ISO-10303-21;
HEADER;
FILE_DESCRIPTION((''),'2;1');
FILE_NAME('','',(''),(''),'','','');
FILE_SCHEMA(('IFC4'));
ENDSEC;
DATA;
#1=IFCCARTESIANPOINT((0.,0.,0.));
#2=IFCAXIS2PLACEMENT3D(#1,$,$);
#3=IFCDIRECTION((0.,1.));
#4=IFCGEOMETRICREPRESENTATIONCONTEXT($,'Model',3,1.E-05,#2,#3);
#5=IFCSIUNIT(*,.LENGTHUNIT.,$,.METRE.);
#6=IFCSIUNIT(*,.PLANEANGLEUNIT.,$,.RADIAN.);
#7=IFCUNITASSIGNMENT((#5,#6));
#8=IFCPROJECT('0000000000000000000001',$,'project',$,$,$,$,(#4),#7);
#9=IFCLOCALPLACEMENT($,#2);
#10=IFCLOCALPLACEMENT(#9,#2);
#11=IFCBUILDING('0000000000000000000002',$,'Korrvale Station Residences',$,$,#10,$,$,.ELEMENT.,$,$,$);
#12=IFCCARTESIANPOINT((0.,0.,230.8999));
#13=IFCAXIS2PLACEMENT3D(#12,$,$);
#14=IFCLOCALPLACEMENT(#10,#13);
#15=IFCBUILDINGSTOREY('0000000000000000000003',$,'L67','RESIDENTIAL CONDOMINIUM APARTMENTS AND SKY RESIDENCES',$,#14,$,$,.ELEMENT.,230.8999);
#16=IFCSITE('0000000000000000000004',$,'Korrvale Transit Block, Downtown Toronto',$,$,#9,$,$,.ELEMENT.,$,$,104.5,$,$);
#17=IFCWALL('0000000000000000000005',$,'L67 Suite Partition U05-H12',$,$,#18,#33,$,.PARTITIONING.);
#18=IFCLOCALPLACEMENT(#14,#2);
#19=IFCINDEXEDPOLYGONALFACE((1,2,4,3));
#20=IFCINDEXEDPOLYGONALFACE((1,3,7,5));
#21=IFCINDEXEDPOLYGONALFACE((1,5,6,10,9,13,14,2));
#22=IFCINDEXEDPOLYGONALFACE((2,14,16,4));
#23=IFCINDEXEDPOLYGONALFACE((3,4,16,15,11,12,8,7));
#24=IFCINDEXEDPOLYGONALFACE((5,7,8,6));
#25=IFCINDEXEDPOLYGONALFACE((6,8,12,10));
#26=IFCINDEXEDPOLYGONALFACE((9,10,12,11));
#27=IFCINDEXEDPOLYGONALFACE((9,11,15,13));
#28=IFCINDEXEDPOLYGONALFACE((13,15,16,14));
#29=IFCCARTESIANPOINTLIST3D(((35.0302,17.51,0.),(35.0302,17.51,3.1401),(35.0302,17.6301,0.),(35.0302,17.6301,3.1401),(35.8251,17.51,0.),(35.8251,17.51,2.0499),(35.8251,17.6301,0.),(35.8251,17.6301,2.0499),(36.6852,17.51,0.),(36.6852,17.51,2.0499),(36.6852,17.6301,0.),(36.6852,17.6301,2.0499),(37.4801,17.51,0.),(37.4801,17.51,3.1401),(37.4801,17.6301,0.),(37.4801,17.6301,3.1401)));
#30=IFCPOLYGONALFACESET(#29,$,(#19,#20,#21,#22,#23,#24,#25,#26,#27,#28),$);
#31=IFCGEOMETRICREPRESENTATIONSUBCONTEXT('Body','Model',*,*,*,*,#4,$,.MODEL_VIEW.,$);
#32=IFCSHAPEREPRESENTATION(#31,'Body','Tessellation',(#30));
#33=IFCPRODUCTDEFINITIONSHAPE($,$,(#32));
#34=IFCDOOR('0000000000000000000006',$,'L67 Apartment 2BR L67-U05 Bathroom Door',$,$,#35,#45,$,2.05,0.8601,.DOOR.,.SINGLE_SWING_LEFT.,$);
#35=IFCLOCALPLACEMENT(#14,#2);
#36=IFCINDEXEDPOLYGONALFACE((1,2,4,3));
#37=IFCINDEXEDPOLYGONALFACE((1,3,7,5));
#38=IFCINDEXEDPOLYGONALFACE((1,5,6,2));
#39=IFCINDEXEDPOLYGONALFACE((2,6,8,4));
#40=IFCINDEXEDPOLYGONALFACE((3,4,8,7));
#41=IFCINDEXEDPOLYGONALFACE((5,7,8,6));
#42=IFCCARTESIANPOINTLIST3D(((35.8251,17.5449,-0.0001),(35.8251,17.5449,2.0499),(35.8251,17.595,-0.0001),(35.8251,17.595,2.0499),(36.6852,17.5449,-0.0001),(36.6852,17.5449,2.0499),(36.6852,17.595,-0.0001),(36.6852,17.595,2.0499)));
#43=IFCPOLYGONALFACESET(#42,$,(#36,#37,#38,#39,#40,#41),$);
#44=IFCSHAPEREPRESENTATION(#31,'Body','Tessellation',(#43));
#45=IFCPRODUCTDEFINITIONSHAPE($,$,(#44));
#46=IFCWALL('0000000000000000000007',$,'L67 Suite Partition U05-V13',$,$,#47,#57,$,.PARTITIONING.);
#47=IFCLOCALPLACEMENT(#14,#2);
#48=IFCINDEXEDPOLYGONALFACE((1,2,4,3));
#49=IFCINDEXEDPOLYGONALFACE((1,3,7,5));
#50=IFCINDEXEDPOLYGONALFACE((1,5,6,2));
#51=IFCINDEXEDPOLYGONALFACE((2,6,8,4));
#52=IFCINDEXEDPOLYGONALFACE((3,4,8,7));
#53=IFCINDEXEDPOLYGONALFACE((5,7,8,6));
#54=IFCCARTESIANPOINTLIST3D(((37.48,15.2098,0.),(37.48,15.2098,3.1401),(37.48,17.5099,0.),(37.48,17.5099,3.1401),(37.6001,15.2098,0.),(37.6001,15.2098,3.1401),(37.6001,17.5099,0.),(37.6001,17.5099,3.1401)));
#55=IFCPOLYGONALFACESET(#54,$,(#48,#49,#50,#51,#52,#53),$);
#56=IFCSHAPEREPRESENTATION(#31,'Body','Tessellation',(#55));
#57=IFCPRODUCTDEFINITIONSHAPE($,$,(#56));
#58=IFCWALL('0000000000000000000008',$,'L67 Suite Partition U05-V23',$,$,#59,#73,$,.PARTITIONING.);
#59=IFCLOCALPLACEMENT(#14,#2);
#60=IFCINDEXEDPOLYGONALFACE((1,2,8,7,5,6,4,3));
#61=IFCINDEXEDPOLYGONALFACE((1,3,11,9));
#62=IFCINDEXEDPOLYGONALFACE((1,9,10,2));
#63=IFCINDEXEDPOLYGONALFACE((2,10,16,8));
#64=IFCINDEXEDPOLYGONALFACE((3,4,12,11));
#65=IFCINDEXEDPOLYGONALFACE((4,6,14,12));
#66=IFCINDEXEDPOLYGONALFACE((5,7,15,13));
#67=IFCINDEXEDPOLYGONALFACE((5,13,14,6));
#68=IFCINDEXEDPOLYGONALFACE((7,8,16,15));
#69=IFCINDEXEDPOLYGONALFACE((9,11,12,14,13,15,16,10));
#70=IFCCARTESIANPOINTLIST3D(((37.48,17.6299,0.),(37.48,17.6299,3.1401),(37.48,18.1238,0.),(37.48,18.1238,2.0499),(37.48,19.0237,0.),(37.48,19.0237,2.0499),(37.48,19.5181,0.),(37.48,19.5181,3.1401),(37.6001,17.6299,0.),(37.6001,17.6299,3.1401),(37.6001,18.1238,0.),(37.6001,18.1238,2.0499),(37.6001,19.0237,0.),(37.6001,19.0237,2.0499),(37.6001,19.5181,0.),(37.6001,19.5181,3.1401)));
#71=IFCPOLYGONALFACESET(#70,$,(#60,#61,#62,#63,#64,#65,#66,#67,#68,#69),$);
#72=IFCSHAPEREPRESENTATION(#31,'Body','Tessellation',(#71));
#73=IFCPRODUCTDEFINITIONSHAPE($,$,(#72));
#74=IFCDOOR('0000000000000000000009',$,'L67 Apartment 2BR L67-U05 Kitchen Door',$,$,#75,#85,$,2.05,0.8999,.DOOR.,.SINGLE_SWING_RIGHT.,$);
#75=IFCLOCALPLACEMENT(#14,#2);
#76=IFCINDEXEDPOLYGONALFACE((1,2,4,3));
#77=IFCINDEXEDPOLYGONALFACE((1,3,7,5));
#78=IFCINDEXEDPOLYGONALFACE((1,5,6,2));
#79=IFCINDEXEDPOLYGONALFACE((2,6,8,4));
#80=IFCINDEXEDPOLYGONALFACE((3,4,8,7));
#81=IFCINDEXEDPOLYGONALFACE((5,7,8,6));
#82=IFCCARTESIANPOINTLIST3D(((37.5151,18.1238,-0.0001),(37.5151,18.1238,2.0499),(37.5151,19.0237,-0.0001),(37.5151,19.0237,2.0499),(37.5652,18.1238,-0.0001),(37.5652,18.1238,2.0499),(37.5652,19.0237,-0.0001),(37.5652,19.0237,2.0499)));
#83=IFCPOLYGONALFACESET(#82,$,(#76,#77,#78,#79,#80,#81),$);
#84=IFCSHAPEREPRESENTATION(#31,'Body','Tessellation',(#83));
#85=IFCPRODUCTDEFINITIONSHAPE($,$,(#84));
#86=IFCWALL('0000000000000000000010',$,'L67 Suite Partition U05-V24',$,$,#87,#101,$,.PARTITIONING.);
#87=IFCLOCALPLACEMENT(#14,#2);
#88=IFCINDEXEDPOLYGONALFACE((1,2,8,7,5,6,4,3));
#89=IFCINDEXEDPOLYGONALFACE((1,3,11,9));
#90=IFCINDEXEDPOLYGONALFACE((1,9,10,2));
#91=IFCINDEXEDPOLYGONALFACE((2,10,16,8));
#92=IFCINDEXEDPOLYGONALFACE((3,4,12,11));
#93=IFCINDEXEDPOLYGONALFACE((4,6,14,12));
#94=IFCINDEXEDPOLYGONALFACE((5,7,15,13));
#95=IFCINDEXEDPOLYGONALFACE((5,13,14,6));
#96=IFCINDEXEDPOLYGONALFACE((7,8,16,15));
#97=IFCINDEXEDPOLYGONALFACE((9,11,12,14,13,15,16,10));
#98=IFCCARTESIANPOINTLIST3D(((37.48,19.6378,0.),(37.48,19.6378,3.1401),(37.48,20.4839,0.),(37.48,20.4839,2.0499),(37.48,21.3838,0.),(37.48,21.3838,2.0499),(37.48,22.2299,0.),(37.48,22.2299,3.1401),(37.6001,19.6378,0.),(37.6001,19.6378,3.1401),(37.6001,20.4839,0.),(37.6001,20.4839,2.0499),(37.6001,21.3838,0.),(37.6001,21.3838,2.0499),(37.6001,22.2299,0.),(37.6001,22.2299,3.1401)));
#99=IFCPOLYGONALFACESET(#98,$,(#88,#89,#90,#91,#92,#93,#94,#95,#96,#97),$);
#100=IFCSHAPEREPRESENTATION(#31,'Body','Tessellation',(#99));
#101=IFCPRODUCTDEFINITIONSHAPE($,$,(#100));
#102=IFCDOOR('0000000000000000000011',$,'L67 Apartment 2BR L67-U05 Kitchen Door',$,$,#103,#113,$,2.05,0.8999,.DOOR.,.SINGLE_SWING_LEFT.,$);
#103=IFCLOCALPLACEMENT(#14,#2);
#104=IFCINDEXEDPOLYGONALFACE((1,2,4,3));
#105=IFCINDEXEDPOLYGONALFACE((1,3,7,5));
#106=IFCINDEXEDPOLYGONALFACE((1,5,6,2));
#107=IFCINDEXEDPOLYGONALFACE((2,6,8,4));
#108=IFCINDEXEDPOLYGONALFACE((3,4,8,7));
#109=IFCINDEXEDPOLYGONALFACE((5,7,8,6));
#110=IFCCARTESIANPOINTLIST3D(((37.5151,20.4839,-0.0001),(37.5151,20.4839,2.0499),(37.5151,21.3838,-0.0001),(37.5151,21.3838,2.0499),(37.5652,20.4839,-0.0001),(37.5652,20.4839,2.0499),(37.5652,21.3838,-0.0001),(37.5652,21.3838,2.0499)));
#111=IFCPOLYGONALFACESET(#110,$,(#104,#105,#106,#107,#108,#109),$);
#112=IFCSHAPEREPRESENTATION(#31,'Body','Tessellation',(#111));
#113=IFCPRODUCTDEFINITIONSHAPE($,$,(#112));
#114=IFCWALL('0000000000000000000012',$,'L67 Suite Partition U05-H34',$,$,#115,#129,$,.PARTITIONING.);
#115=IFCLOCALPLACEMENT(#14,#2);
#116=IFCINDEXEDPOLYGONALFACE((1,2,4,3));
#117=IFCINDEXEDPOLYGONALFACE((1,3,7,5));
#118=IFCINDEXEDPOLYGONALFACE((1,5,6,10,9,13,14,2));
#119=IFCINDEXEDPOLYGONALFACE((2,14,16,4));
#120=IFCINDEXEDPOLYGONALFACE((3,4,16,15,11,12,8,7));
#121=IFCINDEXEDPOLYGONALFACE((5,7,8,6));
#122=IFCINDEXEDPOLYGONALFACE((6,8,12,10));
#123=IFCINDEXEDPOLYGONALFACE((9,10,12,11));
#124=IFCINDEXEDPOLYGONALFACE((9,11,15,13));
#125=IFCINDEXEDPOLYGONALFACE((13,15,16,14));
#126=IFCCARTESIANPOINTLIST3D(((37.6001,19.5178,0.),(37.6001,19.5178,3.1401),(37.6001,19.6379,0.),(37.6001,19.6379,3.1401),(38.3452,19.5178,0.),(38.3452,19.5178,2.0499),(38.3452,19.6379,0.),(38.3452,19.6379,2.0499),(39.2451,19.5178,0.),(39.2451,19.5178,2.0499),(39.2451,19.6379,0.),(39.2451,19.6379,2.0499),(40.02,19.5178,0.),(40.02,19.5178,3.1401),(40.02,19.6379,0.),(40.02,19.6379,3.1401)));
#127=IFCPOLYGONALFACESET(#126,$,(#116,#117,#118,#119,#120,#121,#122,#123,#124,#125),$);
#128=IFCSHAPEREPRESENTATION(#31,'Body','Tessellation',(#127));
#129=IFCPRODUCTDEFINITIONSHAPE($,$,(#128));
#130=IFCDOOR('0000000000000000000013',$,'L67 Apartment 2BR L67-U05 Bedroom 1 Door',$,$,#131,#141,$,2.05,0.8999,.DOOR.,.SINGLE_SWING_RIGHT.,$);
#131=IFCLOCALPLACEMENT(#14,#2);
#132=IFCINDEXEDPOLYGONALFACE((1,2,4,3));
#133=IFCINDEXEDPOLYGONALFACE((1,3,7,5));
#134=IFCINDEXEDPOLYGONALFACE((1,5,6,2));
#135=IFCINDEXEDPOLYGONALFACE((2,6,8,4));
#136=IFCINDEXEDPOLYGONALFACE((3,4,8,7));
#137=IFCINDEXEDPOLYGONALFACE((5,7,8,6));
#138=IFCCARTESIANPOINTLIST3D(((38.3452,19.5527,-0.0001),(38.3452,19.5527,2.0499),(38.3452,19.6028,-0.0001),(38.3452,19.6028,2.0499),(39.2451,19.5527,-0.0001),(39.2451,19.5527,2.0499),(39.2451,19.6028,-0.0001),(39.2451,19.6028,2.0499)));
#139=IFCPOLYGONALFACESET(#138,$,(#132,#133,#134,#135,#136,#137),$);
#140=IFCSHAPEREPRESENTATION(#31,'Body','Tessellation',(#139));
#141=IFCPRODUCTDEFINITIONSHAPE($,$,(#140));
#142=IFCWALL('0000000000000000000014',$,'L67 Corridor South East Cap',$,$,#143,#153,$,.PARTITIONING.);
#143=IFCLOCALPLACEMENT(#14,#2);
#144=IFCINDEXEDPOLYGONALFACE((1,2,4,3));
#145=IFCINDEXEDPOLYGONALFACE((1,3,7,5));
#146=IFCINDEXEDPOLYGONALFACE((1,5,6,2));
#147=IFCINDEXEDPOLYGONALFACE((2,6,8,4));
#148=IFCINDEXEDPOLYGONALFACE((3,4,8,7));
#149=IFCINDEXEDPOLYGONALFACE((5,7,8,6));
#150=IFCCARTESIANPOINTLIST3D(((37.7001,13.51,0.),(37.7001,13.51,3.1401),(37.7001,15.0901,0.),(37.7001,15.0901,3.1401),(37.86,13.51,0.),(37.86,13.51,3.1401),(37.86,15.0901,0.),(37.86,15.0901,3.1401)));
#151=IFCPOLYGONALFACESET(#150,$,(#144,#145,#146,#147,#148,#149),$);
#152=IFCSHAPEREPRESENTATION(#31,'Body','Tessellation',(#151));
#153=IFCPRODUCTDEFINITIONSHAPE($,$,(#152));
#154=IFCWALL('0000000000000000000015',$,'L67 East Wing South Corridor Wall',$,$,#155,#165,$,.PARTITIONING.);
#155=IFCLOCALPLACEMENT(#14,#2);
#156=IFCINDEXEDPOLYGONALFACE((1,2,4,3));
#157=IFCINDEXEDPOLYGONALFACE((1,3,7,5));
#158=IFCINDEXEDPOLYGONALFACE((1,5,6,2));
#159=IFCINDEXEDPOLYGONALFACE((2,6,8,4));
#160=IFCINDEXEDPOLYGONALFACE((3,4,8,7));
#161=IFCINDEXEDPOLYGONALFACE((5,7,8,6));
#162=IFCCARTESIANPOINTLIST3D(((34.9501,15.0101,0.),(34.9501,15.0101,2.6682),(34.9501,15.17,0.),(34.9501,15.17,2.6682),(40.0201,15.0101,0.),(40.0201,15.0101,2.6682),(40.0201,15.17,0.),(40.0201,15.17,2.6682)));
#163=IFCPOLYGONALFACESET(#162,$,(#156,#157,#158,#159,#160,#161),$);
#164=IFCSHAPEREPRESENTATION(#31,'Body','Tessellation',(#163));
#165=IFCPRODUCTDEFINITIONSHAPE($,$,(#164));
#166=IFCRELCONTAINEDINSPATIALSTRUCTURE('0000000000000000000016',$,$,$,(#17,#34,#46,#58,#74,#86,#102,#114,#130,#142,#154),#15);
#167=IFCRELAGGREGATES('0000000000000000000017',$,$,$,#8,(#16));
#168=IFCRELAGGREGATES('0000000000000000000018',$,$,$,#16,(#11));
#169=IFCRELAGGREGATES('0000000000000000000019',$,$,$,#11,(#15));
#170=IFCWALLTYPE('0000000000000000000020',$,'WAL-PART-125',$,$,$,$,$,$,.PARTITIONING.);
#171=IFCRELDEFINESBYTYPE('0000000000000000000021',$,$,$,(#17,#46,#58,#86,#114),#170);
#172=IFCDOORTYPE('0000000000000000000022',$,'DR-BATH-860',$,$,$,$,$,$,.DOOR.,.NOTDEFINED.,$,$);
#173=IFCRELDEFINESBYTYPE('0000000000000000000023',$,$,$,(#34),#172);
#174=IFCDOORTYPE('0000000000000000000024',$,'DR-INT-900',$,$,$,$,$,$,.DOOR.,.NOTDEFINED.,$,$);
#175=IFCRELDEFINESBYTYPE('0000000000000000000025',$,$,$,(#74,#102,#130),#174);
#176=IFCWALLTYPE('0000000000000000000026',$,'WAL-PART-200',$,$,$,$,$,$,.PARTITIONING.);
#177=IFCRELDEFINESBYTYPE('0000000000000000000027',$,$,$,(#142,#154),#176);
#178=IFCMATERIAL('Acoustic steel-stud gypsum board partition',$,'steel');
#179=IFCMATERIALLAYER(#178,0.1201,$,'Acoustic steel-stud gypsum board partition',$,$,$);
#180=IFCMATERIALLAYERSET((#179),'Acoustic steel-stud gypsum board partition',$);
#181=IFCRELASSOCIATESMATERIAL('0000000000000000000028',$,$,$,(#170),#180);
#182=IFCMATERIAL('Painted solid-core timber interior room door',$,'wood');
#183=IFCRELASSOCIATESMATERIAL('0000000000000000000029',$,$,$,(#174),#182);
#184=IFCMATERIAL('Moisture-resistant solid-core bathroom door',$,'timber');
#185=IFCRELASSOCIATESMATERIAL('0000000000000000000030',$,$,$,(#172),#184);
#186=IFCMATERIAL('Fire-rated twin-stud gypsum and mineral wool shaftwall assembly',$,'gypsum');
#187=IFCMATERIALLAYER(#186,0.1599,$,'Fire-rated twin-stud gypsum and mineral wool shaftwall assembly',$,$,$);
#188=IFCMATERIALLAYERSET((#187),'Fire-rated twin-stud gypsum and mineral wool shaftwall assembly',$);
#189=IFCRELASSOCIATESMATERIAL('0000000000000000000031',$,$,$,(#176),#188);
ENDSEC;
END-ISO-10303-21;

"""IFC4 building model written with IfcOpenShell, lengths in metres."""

from ifc_helpers import new_model, si_unit, direction, frame, frame_2d, origin, place, context, subcontext, project, spatial, rectangle, extrude, material, layer, layer_set, type_object, element, fill, save


model = new_model("IFC4")

# Units and contexts
model_context = context("Model", 3, precision=1e-05, world=origin(), true_north=direction((0.0, 1.0)))
body_context = subcontext(model_context, "Body", "Model", "MODEL_VIEW")
ifc_project = project(units=[si_unit("LENGTHUNIT", "METRE"), si_unit("PLANEANGLEUNIT", "RADIAN")], contexts=[model_context])

# Site, building, storey
site_placement = place(None, origin())
site = spatial("IfcSite", under=ifc_project, at=site_placement, Name="Korrvale Transit Block, Downtown Toronto", CompositionType="ELEMENT", RefElevation=104.5)
building_placement = place(site_placement, origin())
building = spatial("IfcBuilding", under=site, at=building_placement, Name="Korrvale Station Residences", CompositionType="ELEMENT")
storey_placement = place(building_placement, frame((0.0, 0.0, 230.8999)))
storey = spatial("IfcBuildingStorey", under=building, at=storey_placement, Name="L67", Description="RESIDENTIAL CONDOMINIUM APARTMENTS AND SKY RESIDENCES", CompositionType="ELEMENT", Elevation=230.8999)

# Wall, opening, door
ifc_material_1 = material(Name="Acoustic steel-stud gypsum board partition", Category="steel")
ifc_layer_1 = layer(ifc_material_1, 0.1201, Name="Acoustic steel-stud gypsum board partition")
ifc_layer_set_1 = layer_set([ifc_layer_1], Name="Acoustic steel-stud gypsum board partition")
wall_type_1 = type_object("IfcWallType", Name="WAL-PART-125", PredefinedType="PARTITIONING", material=ifc_layer_set_1)
ifc_material_2 = material(Name="Painted solid-core timber interior room door", Category="wood")
door_type_1 = type_object("IfcDoorType", Name="DR-INT-900", OperationType="NOTDEFINED", PredefinedType="DOOR", material=ifc_material_2)
wall_1_placement = place(storey_placement, frame((35.03, 17.5701, 0.0), z_axis=(0.0, 0.0, 1.0), x_axis=(1.0, 0.0, 0.0)))
wall_1 = element("IfcWall", 1, at=wall_1_placement, inside=storey, type_object=wall_type_1, Name="L67 Suite Partition U05-H12", PredefinedType="PARTITIONING", context=body_context, shape_type="SweptSolid", body=[
    extrude(rectangle(XDim=2.45, YDim=0.1201, at=frame_2d((1.2251, 0.0))), origin(), (0.0, 0.0, 1.0), 3.1401),
])
opening_1_placement = place(wall_1_placement, frame((0.7949, 0.0, 0.0)))
opening_1 = element("IfcOpeningElement", 2, at=opening_1_placement, cuts=wall_1, PredefinedType="OPENING", context=body_context, shape_type="SweptSolid", body=[
    extrude(rectangle(XDim=0.8601, YDim=2.05, at=frame_2d((0.4302, 1.0249))), frame((0.0, 0.0701, 0.0), z_axis=(0.0, -1.0, 0.0), x_axis=(1.0, 0.0, 0.0)), (0.0, 0.0, 1.0), 0.1401),
])
ifc_material_3 = material(Name="Moisture-resistant solid-core bathroom door", Category="timber")
door_type_2 = type_object("IfcDoorType", Name="DR-BATH-860", OperationType="NOTDEFINED", PredefinedType="DOOR", material=ifc_material_3)
door_1_placement = place(opening_1_placement, origin())
door_1 = element("IfcDoor", 3, at=door_1_placement, inside=storey, type_object=door_type_2, Name="L67 Apartment 2BR L67-U05 Bathroom Door", OperationType="SINGLE_SWING_LEFT", OverallHeight=2.05, OverallWidth=0.8601, PredefinedType="DOOR", context=body_context, shape_type="SweptSolid", body=[
    extrude(rectangle(XDim=0.8601, YDim=2.05, at=frame_2d((0.4302, 1.0249))), frame((0.0, 0.0249, 0.0), z_axis=(0.0, -1.0, 0.0), x_axis=(1.0, 0.0, 0.0)), (0.0, 0.0, 1.0), 0.05),
])
fill(opening_1, door_1)

# Wall
wall_2_placement = place(storey_placement, frame((37.54, 15.21, 0.0), z_axis=(0.0, 0.0, 1.0), x_axis=(0.0, 1.0, 0.0)))
element("IfcWall", 4, at=wall_2_placement, inside=storey, type_object=wall_type_1, Name="L67 Suite Partition U05-V13", PredefinedType="PARTITIONING", context=body_context, shape_type="SweptSolid", body=[
    extrude(rectangle(XDim=2.3, YDim=0.1201, at=frame_2d((1.1499, 0.0))), origin(), (0.0, 0.0, 1.0), 3.1401),
])

# Walls, openings, doors
wall_3_placement = place(storey_placement, frame((37.54, 17.6299, 0.0), z_axis=(0.0, 0.0, 1.0), x_axis=(0.0, 1.0, 0.0)))
wall_3 = element("IfcWall", 5, at=wall_3_placement, inside=storey, type_object=wall_type_1, Name="L67 Suite Partition U05-V23", PredefinedType="PARTITIONING", context=body_context, shape_type="SweptSolid", body=[
    extrude(rectangle(XDim=1.8882, YDim=0.1201, at=frame_2d((0.9441, 0.0))), origin(), (0.0, 0.0, 1.0), 3.1401),
])
opening_2_placement = place(wall_3_placement, frame((0.4939, 0.0, 0.0)))
opening_2 = element("IfcOpeningElement", 6, at=opening_2_placement, cuts=wall_3, PredefinedType="OPENING", context=body_context, shape_type="SweptSolid", body=[
    extrude(rectangle(XDim=0.8999, YDim=2.05, at=frame_2d((0.45, 1.0249))), frame((0.0, 0.0701, 0.0), z_axis=(0.0, -1.0, 0.0), x_axis=(1.0, 0.0, 0.0)), (0.0, 0.0, 1.0), 0.1401),
])
door_2_placement = place(opening_2_placement, origin())
door_2 = element("IfcDoor", 7, at=door_2_placement, inside=storey, type_object=door_type_1, Name="L67 Apartment 2BR L67-U05 Kitchen Door", OperationType="SINGLE_SWING_RIGHT", OverallHeight=2.05, OverallWidth=0.8999, PredefinedType="DOOR", context=body_context, shape_type="SweptSolid", body=[
    extrude(rectangle(XDim=0.8999, YDim=2.05, at=frame_2d((0.45, 1.0249))), frame((0.0, 0.0249, 0.0), z_axis=(0.0, -1.0, 0.0), x_axis=(1.0, 0.0, 0.0)), (0.0, 0.0, 1.0), 0.05),
])
fill(opening_2, door_2)
wall_4_placement = place(storey_placement, frame((37.54, 19.6379, 0.0), z_axis=(0.0, 0.0, 1.0), x_axis=(0.0, 1.0, 0.0)))
wall_4 = element("IfcWall", 8, at=wall_4_placement, inside=storey, type_object=wall_type_1, Name="L67 Suite Partition U05-V24", PredefinedType="PARTITIONING", context=body_context, shape_type="SweptSolid", body=[
    extrude(rectangle(XDim=2.592, YDim=0.1201, at=frame_2d((1.2959, 0.0))), origin(), (0.0, 0.0, 1.0), 3.1401),
])
opening_3_placement = place(wall_4_placement, frame((0.8459, 0.0, 0.0)))
opening_3 = element("IfcOpeningElement", 9, at=opening_3_placement, cuts=wall_4, PredefinedType="OPENING", context=body_context, shape_type="SweptSolid", body=[
    extrude(rectangle(XDim=0.8999, YDim=2.05, at=frame_2d((0.45, 1.0249))), frame((0.0, 0.0701, 0.0), z_axis=(0.0, -1.0, 0.0), x_axis=(1.0, 0.0, 0.0)), (0.0, 0.0, 1.0), 0.1401),
])
door_3_placement = place(opening_3_placement, origin())
door_3 = element("IfcDoor", 10, at=door_3_placement, inside=storey, type_object=door_type_1, Name="L67 Apartment 2BR L67-U05 Kitchen Door", OperationType="SINGLE_SWING_LEFT", OverallHeight=2.05, OverallWidth=0.8999, PredefinedType="DOOR", context=body_context, shape_type="SweptSolid", body=[
    extrude(rectangle(XDim=0.8999, YDim=2.05, at=frame_2d((0.45, 1.0249))), frame((0.0, 0.0249, 0.0), z_axis=(0.0, -1.0, 0.0), x_axis=(1.0, 0.0, 0.0)), (0.0, 0.0, 1.0), 0.05),
])
fill(opening_3, door_3)
wall_5_placement = place(storey_placement, frame((37.6001, 19.5779, 0.0), z_axis=(0.0, 0.0, 1.0), x_axis=(1.0, 0.0, 0.0)))
wall_5 = element("IfcWall", 11, at=wall_5_placement, inside=storey, type_object=wall_type_1, Name="L67 Suite Partition U05-H34", PredefinedType="PARTITIONING", context=body_context, shape_type="SweptSolid", body=[
    extrude(rectangle(XDim=2.4199, YDim=0.1201, at=frame_2d((1.21, 0.0))), origin(), (0.0, 0.0, 1.0), 3.1401),
])
opening_4_placement = place(wall_5_placement, frame((0.7451, 0.0, 0.0)))
opening_4 = element("IfcOpeningElement", 12, at=opening_4_placement, cuts=wall_5, PredefinedType="OPENING", context=body_context, shape_type="SweptSolid", body=[
    extrude(rectangle(XDim=0.8999, YDim=2.05, at=frame_2d((0.45, 1.0249))), frame((0.0, 0.0701, 0.0), z_axis=(0.0, -1.0, 0.0), x_axis=(1.0, 0.0, 0.0)), (0.0, 0.0, 1.0), 0.1401),
])
door_4_placement = place(opening_4_placement, origin())
door_4 = element("IfcDoor", 13, at=door_4_placement, inside=storey, type_object=door_type_1, Name="L67 Apartment 2BR L67-U05 Bedroom 1 Door", OperationType="SINGLE_SWING_RIGHT", OverallHeight=2.05, OverallWidth=0.8999, PredefinedType="DOOR", context=body_context, shape_type="SweptSolid", body=[
    extrude(rectangle(XDim=0.8999, YDim=2.05, at=frame_2d((0.45, 1.0249))), frame((0.0, 0.0249, 0.0), z_axis=(0.0, -1.0, 0.0), x_axis=(1.0, 0.0, 0.0)), (0.0, 0.0, 1.0), 0.05),
])
fill(opening_4, door_4)

# Walls
ifc_material_4 = material(Name="Fire-rated twin-stud gypsum and mineral wool shaftwall assembly", Category="gypsum")
ifc_layer_2 = layer(ifc_material_4, 0.1599, Name="Fire-rated twin-stud gypsum and mineral wool shaftwall assembly")
ifc_layer_set_2 = layer_set([ifc_layer_2], Name="Fire-rated twin-stud gypsum and mineral wool shaftwall assembly")
wall_type_2 = type_object("IfcWallType", Name="WAL-PART-200", PredefinedType="PARTITIONING", material=ifc_layer_set_2)
wall_6_placement = place(storey_placement, frame((37.78, 13.51, 0.0), z_axis=(0.0, 0.0, 1.0), x_axis=(0.0, 1.0, 0.0)))
element("IfcWall", 14, at=wall_6_placement, inside=storey, type_object=wall_type_2, Name="L67 Corridor South East Cap", PredefinedType="PARTITIONING", context=body_context, shape_type="SweptSolid", body=[
    extrude(rectangle(XDim=1.5801, YDim=0.1599, at=frame_2d((0.79, 0.0))), origin(), (0.0, 0.0, 1.0), 3.1401),
])
wall_7_placement = place(storey_placement, frame((34.95, 15.0901, 0.0), z_axis=(0.0, 0.0, 1.0), x_axis=(1.0, 0.0, 0.0)))
element("IfcWall", 15, at=wall_7_placement, inside=storey, type_object=wall_type_2, Name="L67 East Wing South Corridor Wall", PredefinedType="PARTITIONING", context=body_context, shape_type="SweptSolid", body=[
    extrude(rectangle(XDim=5.0701, YDim=0.1599, at=frame_2d((2.5352, 0.0))), origin(), (0.0, 0.0, 1.0), 2.6682),
])

save(model, "model.ifc")
